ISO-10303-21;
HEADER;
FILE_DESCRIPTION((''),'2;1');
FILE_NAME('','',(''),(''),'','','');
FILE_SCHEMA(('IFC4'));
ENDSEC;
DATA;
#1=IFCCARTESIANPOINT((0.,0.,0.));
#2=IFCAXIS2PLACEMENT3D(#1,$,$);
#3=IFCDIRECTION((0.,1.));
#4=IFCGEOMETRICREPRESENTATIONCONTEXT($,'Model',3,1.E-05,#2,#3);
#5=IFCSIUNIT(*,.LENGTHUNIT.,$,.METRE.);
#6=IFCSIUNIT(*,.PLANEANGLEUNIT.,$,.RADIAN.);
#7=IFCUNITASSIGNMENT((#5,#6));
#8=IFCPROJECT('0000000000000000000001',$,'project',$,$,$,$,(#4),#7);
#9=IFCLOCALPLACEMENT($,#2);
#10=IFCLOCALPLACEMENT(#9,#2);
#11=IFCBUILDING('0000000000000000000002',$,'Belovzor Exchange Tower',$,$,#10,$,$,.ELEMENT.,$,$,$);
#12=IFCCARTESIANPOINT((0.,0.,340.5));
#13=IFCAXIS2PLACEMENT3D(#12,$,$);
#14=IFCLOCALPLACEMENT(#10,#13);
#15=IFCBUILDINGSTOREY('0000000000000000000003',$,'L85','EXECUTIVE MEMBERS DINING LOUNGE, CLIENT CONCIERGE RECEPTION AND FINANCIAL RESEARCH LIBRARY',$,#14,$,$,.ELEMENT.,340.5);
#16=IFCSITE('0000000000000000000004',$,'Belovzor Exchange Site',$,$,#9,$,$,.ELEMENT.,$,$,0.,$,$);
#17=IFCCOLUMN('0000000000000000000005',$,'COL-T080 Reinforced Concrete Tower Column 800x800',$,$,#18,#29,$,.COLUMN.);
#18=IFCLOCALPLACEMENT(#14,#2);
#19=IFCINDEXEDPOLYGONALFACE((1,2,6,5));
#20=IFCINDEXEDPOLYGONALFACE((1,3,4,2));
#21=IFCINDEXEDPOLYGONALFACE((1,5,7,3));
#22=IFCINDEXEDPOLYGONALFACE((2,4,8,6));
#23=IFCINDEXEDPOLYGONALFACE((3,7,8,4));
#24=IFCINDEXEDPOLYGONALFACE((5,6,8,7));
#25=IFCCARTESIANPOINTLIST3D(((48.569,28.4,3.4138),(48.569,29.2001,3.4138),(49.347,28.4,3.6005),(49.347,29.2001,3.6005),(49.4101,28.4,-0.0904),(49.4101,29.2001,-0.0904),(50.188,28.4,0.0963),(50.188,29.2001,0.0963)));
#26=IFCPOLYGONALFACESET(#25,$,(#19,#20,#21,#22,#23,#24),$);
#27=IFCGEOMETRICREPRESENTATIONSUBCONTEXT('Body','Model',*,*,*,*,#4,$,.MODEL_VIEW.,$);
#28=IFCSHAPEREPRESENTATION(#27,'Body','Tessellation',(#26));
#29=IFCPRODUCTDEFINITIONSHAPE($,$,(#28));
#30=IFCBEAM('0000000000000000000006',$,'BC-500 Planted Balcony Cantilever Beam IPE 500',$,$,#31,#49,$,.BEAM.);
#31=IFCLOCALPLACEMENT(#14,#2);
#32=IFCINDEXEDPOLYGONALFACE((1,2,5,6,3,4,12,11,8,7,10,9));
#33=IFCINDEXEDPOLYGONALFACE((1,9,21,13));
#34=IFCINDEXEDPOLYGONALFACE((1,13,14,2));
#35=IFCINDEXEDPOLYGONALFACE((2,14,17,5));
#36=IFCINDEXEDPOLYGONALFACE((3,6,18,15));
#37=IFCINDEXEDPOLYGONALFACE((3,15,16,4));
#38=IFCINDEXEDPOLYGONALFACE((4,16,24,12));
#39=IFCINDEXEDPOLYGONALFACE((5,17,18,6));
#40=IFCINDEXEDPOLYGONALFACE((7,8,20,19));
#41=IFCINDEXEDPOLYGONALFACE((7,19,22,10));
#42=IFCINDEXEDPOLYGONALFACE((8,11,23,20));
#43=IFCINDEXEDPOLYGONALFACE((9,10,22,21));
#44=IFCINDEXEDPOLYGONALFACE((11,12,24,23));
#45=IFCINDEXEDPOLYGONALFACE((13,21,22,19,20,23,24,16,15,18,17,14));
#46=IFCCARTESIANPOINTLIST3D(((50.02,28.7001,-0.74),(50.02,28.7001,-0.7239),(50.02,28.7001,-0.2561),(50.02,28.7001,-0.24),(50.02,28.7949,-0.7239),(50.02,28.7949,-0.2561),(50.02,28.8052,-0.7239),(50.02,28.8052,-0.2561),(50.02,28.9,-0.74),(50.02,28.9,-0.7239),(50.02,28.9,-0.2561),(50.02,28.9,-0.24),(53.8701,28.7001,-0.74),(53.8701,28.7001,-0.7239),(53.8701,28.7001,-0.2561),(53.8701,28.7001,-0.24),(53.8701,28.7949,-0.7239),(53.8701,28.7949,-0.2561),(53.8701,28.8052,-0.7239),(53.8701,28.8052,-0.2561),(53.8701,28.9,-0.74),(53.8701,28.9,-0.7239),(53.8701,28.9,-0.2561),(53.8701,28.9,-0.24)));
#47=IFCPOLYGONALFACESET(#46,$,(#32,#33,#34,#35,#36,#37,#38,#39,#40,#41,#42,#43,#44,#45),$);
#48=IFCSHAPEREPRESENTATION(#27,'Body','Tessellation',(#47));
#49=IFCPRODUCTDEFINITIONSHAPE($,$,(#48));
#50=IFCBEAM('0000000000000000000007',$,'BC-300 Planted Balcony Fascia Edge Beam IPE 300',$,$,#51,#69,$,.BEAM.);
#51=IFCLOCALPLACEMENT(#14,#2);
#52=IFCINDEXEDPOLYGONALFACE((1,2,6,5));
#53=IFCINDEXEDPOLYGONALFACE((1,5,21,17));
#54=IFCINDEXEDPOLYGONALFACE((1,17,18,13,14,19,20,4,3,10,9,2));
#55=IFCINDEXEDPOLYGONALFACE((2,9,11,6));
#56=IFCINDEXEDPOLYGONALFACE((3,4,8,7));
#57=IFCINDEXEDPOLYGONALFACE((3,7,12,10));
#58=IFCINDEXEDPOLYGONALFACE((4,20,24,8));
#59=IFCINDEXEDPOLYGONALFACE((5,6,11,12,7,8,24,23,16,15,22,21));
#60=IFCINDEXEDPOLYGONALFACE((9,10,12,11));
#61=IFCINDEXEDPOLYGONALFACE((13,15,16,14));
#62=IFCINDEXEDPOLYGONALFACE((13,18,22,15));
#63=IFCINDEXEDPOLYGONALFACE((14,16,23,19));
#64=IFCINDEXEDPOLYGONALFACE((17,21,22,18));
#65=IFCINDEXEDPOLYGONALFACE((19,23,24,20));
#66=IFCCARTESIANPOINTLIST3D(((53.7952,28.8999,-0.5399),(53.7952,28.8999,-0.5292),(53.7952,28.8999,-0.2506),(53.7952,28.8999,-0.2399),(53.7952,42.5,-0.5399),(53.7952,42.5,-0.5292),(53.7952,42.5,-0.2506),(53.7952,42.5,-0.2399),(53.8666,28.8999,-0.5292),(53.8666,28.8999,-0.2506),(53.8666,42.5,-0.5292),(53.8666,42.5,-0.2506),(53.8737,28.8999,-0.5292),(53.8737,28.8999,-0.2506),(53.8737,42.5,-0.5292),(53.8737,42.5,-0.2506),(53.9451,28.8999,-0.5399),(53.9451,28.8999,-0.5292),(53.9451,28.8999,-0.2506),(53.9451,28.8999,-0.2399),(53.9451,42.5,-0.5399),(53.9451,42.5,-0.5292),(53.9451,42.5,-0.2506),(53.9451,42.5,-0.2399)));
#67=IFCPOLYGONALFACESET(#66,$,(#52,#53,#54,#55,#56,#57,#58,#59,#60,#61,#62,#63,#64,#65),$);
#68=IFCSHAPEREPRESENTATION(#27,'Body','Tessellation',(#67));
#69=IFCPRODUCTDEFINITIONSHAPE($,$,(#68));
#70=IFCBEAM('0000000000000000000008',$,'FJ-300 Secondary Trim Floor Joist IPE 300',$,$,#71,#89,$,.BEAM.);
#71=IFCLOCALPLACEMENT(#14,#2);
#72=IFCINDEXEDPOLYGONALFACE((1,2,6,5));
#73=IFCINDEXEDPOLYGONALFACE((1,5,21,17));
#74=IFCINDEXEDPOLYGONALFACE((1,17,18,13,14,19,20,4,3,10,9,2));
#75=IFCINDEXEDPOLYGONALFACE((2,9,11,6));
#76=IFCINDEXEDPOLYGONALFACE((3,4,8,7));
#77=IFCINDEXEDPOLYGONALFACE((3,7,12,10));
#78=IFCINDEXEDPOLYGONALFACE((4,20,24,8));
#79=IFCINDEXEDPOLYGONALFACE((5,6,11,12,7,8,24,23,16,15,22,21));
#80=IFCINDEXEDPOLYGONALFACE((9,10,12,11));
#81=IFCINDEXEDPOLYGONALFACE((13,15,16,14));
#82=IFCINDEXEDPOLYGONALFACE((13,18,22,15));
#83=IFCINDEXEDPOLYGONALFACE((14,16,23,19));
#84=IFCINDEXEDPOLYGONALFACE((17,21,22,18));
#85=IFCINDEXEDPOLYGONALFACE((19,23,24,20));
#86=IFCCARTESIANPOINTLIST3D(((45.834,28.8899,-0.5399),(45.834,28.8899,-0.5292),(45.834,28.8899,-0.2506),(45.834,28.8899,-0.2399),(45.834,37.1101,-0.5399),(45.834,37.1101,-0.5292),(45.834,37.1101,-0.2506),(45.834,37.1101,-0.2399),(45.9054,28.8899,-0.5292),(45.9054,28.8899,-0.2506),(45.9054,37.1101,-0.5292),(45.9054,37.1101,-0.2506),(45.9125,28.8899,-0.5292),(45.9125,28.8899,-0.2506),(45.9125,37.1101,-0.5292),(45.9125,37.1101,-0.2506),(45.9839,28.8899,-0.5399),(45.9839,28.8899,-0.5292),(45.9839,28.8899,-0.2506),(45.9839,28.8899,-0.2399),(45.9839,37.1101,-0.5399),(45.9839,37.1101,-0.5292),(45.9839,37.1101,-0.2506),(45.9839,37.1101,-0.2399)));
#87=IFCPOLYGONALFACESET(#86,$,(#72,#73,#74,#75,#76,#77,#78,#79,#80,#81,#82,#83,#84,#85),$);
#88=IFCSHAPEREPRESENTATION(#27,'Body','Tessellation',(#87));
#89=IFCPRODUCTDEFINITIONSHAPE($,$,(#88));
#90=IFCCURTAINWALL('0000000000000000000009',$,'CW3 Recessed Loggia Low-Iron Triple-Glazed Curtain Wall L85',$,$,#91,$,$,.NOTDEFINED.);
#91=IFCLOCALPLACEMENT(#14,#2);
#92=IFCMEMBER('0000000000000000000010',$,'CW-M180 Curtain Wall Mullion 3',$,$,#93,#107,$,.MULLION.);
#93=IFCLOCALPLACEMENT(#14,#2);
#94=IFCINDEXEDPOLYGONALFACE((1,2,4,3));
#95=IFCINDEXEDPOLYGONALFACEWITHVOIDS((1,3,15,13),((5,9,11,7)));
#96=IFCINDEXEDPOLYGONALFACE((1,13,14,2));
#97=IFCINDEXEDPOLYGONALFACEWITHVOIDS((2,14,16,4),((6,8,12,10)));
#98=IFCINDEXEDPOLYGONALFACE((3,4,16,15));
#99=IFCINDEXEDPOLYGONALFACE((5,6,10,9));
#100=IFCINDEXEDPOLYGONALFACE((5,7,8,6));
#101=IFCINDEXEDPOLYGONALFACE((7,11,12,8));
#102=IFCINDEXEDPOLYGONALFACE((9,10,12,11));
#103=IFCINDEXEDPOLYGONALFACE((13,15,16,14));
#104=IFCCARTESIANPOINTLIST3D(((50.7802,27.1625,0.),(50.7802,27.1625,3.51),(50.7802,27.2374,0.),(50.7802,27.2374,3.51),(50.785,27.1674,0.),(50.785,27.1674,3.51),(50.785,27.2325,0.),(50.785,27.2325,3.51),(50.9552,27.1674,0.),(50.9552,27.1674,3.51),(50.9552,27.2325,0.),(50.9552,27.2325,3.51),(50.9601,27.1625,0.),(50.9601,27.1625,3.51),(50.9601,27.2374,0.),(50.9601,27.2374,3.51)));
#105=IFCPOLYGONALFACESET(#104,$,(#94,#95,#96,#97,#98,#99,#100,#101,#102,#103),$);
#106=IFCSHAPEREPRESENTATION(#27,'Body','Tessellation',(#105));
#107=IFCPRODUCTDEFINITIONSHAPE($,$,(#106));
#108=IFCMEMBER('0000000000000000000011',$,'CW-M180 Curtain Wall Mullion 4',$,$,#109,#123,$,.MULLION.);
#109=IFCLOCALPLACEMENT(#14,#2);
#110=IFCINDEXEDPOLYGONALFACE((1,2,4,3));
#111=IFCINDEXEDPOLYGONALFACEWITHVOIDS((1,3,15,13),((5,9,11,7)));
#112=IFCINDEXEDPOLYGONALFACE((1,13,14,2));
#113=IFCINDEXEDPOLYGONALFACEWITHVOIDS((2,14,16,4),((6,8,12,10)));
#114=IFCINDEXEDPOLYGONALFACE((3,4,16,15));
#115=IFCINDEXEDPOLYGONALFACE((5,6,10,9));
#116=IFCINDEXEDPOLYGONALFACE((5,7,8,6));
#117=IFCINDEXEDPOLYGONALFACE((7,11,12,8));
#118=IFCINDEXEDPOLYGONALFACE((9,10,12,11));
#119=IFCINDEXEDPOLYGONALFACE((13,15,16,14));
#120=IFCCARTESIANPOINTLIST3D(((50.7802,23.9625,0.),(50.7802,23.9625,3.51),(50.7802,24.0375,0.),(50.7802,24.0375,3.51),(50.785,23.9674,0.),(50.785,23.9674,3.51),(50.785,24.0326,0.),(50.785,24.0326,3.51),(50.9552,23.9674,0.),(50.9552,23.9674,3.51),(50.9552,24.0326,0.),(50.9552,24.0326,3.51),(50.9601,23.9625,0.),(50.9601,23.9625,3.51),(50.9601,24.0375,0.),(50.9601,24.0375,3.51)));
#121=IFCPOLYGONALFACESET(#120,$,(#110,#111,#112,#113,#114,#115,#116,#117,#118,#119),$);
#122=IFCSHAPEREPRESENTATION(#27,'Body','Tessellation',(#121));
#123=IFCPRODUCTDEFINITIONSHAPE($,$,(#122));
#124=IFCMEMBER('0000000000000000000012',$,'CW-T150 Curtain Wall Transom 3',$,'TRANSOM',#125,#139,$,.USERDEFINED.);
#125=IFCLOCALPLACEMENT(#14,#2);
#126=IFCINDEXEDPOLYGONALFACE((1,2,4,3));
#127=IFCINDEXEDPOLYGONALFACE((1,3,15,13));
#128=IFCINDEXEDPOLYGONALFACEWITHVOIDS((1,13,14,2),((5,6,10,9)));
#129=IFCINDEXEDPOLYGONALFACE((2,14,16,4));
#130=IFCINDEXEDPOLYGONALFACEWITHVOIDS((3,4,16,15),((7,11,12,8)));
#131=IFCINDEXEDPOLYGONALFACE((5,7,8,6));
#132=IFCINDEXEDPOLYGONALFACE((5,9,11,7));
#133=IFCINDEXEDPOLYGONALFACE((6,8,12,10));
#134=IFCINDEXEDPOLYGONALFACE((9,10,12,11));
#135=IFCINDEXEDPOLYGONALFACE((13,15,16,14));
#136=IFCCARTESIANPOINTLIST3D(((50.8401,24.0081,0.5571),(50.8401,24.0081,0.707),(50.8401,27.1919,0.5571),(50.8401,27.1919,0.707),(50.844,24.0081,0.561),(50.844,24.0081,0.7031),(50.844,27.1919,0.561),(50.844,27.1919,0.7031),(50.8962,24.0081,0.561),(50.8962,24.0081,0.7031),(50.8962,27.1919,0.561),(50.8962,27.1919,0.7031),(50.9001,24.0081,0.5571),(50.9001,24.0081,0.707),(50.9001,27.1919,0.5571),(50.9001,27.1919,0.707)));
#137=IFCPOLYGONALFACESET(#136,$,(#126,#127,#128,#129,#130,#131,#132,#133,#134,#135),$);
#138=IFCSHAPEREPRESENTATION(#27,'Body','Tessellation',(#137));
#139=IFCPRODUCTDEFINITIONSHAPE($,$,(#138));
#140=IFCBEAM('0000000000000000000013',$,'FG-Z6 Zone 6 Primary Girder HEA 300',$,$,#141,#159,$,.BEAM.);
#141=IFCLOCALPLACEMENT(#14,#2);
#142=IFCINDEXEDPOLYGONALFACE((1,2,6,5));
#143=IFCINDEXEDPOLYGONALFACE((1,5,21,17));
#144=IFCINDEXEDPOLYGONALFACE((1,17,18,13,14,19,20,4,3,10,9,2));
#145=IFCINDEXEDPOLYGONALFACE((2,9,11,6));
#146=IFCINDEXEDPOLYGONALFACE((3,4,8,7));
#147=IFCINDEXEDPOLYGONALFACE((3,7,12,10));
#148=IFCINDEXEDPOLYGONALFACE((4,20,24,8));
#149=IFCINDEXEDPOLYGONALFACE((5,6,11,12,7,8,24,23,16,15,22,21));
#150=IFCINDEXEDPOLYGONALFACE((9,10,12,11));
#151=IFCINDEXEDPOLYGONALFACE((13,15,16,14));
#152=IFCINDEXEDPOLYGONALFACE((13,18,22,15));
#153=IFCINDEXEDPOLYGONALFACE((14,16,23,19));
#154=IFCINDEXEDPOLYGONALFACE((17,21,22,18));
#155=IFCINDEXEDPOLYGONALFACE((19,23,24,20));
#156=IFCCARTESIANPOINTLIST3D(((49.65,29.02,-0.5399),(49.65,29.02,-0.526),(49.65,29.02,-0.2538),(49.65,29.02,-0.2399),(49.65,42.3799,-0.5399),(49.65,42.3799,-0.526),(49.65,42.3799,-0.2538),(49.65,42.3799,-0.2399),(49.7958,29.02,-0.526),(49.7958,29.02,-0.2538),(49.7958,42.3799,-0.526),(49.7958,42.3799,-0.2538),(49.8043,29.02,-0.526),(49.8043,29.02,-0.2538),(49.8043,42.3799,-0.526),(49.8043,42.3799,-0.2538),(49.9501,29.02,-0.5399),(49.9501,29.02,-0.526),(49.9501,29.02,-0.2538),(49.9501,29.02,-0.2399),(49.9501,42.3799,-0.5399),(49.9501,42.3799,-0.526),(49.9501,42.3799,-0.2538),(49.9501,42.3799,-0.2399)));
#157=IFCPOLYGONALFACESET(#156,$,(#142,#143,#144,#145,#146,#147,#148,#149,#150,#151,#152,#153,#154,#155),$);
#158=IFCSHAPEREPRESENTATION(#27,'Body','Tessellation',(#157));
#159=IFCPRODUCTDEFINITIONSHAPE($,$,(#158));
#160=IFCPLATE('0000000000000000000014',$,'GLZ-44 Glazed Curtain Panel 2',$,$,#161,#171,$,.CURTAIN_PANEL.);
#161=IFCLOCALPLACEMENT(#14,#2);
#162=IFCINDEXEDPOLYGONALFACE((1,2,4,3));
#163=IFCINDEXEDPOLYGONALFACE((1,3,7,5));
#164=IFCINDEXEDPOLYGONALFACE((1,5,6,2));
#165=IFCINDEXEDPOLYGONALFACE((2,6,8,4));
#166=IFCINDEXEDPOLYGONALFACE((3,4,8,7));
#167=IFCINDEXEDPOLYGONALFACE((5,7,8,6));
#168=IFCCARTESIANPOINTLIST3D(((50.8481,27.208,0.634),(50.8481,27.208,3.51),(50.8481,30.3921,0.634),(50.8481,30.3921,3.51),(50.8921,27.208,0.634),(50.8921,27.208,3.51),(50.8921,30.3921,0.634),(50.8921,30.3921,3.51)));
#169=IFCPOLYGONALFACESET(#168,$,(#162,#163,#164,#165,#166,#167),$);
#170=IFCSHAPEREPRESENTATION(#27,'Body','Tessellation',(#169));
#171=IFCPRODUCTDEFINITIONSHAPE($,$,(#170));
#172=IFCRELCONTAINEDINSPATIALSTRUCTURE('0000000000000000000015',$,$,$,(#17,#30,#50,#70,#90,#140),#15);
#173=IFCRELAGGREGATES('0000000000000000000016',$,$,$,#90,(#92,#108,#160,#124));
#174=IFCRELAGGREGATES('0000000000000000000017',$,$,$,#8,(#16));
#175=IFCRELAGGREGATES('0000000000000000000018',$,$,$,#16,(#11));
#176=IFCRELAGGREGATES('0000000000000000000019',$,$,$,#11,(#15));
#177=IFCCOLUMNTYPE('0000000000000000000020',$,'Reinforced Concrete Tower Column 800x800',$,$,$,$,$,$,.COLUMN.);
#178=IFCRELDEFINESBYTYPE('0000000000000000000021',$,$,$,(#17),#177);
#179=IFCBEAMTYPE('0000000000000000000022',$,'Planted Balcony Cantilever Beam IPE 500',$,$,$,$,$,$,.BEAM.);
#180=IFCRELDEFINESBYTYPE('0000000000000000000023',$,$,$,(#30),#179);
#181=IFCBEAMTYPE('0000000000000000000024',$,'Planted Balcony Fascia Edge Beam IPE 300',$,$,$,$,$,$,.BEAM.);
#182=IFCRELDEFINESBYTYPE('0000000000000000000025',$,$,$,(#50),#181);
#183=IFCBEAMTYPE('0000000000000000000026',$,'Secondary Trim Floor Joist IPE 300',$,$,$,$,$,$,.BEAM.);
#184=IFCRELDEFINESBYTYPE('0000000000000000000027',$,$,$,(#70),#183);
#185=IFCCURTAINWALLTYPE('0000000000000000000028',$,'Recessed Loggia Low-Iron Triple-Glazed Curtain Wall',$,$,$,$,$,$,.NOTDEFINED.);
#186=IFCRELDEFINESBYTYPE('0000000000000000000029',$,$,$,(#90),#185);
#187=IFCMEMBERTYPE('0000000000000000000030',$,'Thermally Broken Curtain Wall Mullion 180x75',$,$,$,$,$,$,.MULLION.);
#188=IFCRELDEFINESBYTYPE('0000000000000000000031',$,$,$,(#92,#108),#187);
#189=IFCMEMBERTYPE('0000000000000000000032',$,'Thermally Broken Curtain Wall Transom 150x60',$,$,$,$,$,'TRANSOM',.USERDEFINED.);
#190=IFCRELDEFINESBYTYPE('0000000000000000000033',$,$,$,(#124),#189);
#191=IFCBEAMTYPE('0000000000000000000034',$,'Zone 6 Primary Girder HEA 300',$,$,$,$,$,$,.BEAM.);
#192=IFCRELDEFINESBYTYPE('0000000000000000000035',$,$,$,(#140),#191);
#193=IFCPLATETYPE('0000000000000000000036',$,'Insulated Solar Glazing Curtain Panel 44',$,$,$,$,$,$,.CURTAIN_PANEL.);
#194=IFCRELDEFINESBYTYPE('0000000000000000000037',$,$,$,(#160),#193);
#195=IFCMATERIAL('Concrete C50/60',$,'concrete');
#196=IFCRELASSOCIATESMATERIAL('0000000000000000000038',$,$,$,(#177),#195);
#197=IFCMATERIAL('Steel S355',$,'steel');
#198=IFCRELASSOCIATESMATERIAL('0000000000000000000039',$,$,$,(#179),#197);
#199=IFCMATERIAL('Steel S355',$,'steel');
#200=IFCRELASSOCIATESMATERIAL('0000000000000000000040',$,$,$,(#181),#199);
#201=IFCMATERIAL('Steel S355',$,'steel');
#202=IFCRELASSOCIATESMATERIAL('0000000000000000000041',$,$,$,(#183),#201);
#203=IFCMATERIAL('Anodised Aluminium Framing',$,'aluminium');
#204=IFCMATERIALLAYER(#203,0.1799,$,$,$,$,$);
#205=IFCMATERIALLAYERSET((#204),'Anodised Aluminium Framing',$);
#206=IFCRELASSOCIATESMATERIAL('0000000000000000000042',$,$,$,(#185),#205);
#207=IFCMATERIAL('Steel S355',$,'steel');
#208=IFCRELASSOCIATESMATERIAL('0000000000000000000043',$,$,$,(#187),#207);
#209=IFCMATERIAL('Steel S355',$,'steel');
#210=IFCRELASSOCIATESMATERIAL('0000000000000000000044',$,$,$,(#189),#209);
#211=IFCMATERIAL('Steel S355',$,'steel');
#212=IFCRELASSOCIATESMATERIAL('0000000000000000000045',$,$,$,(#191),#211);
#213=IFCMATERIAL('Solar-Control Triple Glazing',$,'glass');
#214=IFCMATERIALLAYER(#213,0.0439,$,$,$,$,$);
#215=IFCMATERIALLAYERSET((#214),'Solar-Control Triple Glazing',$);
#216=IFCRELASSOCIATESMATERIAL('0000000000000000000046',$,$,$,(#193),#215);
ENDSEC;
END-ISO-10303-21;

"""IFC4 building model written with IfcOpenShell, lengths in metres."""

from ifc_helpers import new_model, si_unit, direction, frame, origin, origin_2d, place, context, subcontext, project, spatial, rectangle, hollow_rectangle, i_section, extrude, material, layer, layer_set, material_profile, profile_set, type_object, element, aggregate, save


model = new_model("IFC4")

# Units and contexts
model_context = context("Model", 3, precision=1e-05, world=origin(), true_north=direction((0.0, 1.0)))
body_context = subcontext(model_context, "Body", "Model", "MODEL_VIEW")
ifc_project = project(units=[si_unit("LENGTHUNIT", "METRE"), si_unit("PLANEANGLEUNIT", "RADIAN")], contexts=[model_context])

# Site, building, storey
site_placement = place(None, origin())
site = spatial("IfcSite", under=ifc_project, at=site_placement, Name="Belovzor Exchange Site", CompositionType="ELEMENT", RefElevation=0.0)
building_placement = place(site_placement, origin())
building = spatial("IfcBuilding", under=site, at=building_placement, Name="Belovzor Exchange Tower", CompositionType="ELEMENT")
storey_placement = place(building_placement, frame((0.0, 0.0, 340.5)))
storey = spatial("IfcBuildingStorey", under=building, at=storey_placement, Name="L85", Description="EXECUTIVE MEMBERS DINING LOUNGE, CLIENT CONCIERGE RECEPTION AND FINANCIAL RESEARCH LIBRARY", CompositionType="ELEMENT", Elevation=340.5)

# Column
ifc_material_1 = material(Name="Concrete C50/60", Category="concrete")
ifc_material_profile_1 = material_profile(ifc_material_1, rectangle(XDim=0.8, YDim=0.8, at=origin_2d()))
ifc_profile_set_1 = profile_set([ifc_material_profile_1], Name="Concrete C50/60")
column_type = type_object("IfcColumnType", Name="Reinforced Concrete Tower Column 800x800", PredefinedType="COLUMN", material=ifc_profile_set_1)
column_placement = place(storey_placement, frame((49.7991, 28.8, 0.0029), z_axis=(-0.233391, 0.0, 0.972383), x_axis=(0.0, -1.0, 0.0)))
element("IfcColumn", 1, at=column_placement, inside=storey, type_object=column_type, Name="COL-T080 Reinforced Concrete Tower Column 800x800", PredefinedType="COLUMN", context=body_context, shape_type="SweptSolid", body=[
    extrude(rectangle(XDim=0.8, YDim=0.8, at=origin_2d()), origin(), (0.0, 0.0, 1.0), 3.6038),
])

# Beams
ifc_material_2 = material(Name="Steel S355", Category="steel")
ifc_material_profile_2 = material_profile(ifc_material_2, i_section(OverallWidth=0.2, OverallDepth=0.5, WebThickness=0.0103, FlangeThickness=0.0161, at=origin_2d()))
ifc_profile_set_2 = profile_set([ifc_material_profile_2], Name="Steel S355")
beam_type_1 = type_object("IfcBeamType", Name="Planted Balcony Cantilever Beam IPE 500", PredefinedType="BEAM", material=ifc_profile_set_2)
beam_1_placement = place(storey_placement, frame((50.02, 28.8, -0.49), z_axis=(1.0, 0.0, 0.0), x_axis=(0.0, 1.0, 0.0)))
element("IfcBeam", 2, at=beam_1_placement, inside=storey, type_object=beam_type_1, Name="BC-500 Planted Balcony Cantilever Beam IPE 500", PredefinedType="BEAM", context=body_context, shape_type="SweptSolid", body=[
    extrude(i_section(OverallWidth=0.2, OverallDepth=0.5, WebThickness=0.0103, FlangeThickness=0.0161, at=origin_2d()), origin(), (0.0, 0.0, 1.0), 3.8501),
])
ifc_material_3 = material(Name="Steel S355", Category="steel")
ifc_material_profile_3 = material_profile(ifc_material_3, i_section(OverallWidth=0.1499, OverallDepth=0.3, WebThickness=0.0071, FlangeThickness=0.0107, at=origin_2d()))
ifc_profile_set_3 = profile_set([ifc_material_profile_3], Name="Steel S355")
beam_type_2 = type_object("IfcBeamType", Name="Planted Balcony Fascia Edge Beam IPE 300", PredefinedType="BEAM", material=ifc_profile_set_3)
beam_2_placement = place(storey_placement, frame((53.8701, 28.8999, -0.3899), z_axis=(0.0, 1.0, 0.0), x_axis=(-1.0, 0.0, 0.0)))
element("IfcBeam", 3, at=beam_2_placement, inside=storey, type_object=beam_type_2, Name="BC-300 Planted Balcony Fascia Edge Beam IPE 300", PredefinedType="BEAM", context=body_context, shape_type="SweptSolid", body=[
    extrude(i_section(OverallWidth=0.1499, OverallDepth=0.3, WebThickness=0.0071, FlangeThickness=0.0107, at=origin_2d()), origin(), (0.0, 0.0, 1.0), 13.6001),
])
ifc_material_4 = material(Name="Steel S355", Category="steel")
ifc_material_profile_4 = material_profile(ifc_material_4, i_section(OverallWidth=0.1499, OverallDepth=0.3, WebThickness=0.0071, FlangeThickness=0.0107, at=origin_2d()))
ifc_profile_set_4 = profile_set([ifc_material_profile_4], Name="Steel S355")
beam_type_3 = type_object("IfcBeamType", Name="Secondary Trim Floor Joist IPE 300", PredefinedType="BEAM", material=ifc_profile_set_4)
beam_3_placement = place(storey_placement, frame((45.9089, 28.8899, -0.3899), z_axis=(0.0, 1.0, 0.0), x_axis=(-1.0, 0.0, 0.0)))
element("IfcBeam", 4, at=beam_3_placement, inside=storey, type_object=beam_type_3, Name="FJ-300 Secondary Trim Floor Joist IPE 300", PredefinedType="BEAM", context=body_context, shape_type="SweptSolid", body=[
    extrude(i_section(OverallWidth=0.1499, OverallDepth=0.3, WebThickness=0.0071, FlangeThickness=0.0107, at=origin_2d()), origin(), (0.0, 0.0, 1.0), 8.2202),
])

# Curtain wall, members
ifc_material_5 = material(Name="Anodised Aluminium Framing", Category="aluminium")
ifc_layer_1 = layer(ifc_material_5, 0.1799)
ifc_layer_set_1 = layer_set([ifc_layer_1], Name="Anodised Aluminium Framing")
curtain_wall_type = type_object("IfcCurtainWallType", Name="Recessed Loggia Low-Iron Triple-Glazed Curtain Wall", PredefinedType="NOTDEFINED", material=ifc_layer_set_1)
curtain_wall_placement = place(storey_placement, origin())
curtain_wall = element("IfcCurtainWall", 5, at=curtain_wall_placement, inside=storey, type_object=curtain_wall_type, Name="CW3 Recessed Loggia Low-Iron Triple-Glazed Curtain Wall L85", PredefinedType="NOTDEFINED")
ifc_material_6 = material(Name="Steel S355", Category="steel")
ifc_material_profile_5 = material_profile(ifc_material_6, hollow_rectangle(XDim=0.075, YDim=0.1799, WallThickness=0.0049, at=origin_2d()))
ifc_profile_set_5 = profile_set([ifc_material_profile_5], Name="Steel S355")
member_type_1 = type_object("IfcMemberType", Name="Thermally Broken Curtain Wall Mullion 180x75", PredefinedType="MULLION", material=ifc_profile_set_5)
member_1_placement = place(storey_placement, frame((50.8701, 27.2, 0.0), z_axis=(0.0, 0.0, 1.0), x_axis=(0.0, -1.0, 0.0)))
member_1 = element("IfcMember", 6, at=member_1_placement, type_object=member_type_1, Name="CW-M180 Curtain Wall Mullion 3", PredefinedType="MULLION", context=body_context, shape_type="SweptSolid", body=[
    extrude(hollow_rectangle(XDim=0.075, YDim=0.1799, WallThickness=0.0049, at=origin_2d()), origin(), (0.0, 0.0, 1.0), 3.51),
])
member_2_placement = place(storey_placement, frame((50.8701, 24.0, 0.0), z_axis=(0.0, 0.0, 1.0), x_axis=(0.0, -1.0, 0.0)))
member_2 = element("IfcMember", 7, at=member_2_placement, type_object=member_type_1, Name="CW-M180 Curtain Wall Mullion 4", PredefinedType="MULLION", context=body_context, shape_type="SweptSolid", body=[
    extrude(hollow_rectangle(XDim=0.075, YDim=0.1799, WallThickness=0.0049, at=origin_2d()), origin(), (0.0, 0.0, 1.0), 3.51),
])
ifc_material_7 = material(Name="Steel S355", Category="steel")
ifc_material_profile_6 = material_profile(ifc_material_7, hollow_rectangle(XDim=0.0601, YDim=0.1499, WallThickness=0.0039, at=origin_2d()))
ifc_profile_set_6 = profile_set([ifc_material_profile_6], Name="Steel S355")
member_type_2 = type_object("IfcMemberType", Name="Thermally Broken Curtain Wall Transom 150x60", ElementType="TRANSOM", PredefinedType="USERDEFINED", material=ifc_profile_set_6)
member_3_placement = place(storey_placement, frame((50.8701, 27.1919, 0.6321), z_axis=(0.0, -1.0, 0.0), x_axis=(1.0, 0.0, 0.0)))
member_3 = element("IfcMember", 8, at=member_3_placement, type_object=member_type_2, Name="CW-T150 Curtain Wall Transom 3", ObjectType="TRANSOM", PredefinedType="USERDEFINED", context=body_context, shape_type="SweptSolid", body=[
    extrude(hollow_rectangle(XDim=0.0601, YDim=0.1499, WallThickness=0.0039, at=origin_2d()), origin(), (0.0, 0.0, 1.0), 3.1838),
])

# Beam
ifc_material_8 = material(Name="Steel S355", Category="steel")
ifc_material_profile_7 = material_profile(ifc_material_8, i_section(OverallWidth=0.3, OverallDepth=0.3, WebThickness=0.0085, FlangeThickness=0.0139, at=origin_2d()))
ifc_profile_set_7 = profile_set([ifc_material_profile_7], Name="Steel S355")
beam_type_4 = type_object("IfcBeamType", Name="Zone 6 Primary Girder HEA 300", PredefinedType="BEAM", material=ifc_profile_set_7)
beam_4_placement = place(storey_placement, frame((49.8, 29.02, -0.3899), z_axis=(0.0, 1.0, 0.0), x_axis=(-1.0, 0.0, 0.0)))
element("IfcBeam", 9, at=beam_4_placement, inside=storey, type_object=beam_type_4, Name="FG-Z6 Zone 6 Primary Girder HEA 300", PredefinedType="BEAM", context=body_context, shape_type="SweptSolid", body=[
    extrude(i_section(OverallWidth=0.3, OverallDepth=0.3, WebThickness=0.0085, FlangeThickness=0.0139, at=origin_2d()), origin(), (0.0, 0.0, 1.0), 13.3599),
])

# Plate
ifc_material_9 = material(Name="Solar-Control Triple Glazing", Category="glass")
ifc_layer_2 = layer(ifc_material_9, 0.0439)
ifc_layer_set_2 = layer_set([ifc_layer_2], Name="Solar-Control Triple Glazing")
plate_type_1 = type_object("IfcPlateType", Name="Insulated Solar Glazing Curtain Panel 44", PredefinedType="CURTAIN_PANEL", material=ifc_layer_set_2)
plate_1_placement = place(storey_placement, frame((50.8701, 28.8, 0.634), z_axis=(0.0, 0.0, 1.0), x_axis=(0.0, -1.0, 0.0)))
plate_1 = element("IfcPlate", 10, at=plate_1_placement, type_object=plate_type_1, Name="GLZ-44 Glazed Curtain Panel 2", PredefinedType="CURTAIN_PANEL", context=body_context, shape_type="SweptSolid", body=[
    extrude(rectangle(XDim=3.1841, YDim=0.0439, at=origin_2d()), origin(), (0.0, 0.0, 1.0), 2.876),
])
aggregate(curtain_wall, [member_1, member_2, plate_1, member_3])

save(model, "model.ifc")
